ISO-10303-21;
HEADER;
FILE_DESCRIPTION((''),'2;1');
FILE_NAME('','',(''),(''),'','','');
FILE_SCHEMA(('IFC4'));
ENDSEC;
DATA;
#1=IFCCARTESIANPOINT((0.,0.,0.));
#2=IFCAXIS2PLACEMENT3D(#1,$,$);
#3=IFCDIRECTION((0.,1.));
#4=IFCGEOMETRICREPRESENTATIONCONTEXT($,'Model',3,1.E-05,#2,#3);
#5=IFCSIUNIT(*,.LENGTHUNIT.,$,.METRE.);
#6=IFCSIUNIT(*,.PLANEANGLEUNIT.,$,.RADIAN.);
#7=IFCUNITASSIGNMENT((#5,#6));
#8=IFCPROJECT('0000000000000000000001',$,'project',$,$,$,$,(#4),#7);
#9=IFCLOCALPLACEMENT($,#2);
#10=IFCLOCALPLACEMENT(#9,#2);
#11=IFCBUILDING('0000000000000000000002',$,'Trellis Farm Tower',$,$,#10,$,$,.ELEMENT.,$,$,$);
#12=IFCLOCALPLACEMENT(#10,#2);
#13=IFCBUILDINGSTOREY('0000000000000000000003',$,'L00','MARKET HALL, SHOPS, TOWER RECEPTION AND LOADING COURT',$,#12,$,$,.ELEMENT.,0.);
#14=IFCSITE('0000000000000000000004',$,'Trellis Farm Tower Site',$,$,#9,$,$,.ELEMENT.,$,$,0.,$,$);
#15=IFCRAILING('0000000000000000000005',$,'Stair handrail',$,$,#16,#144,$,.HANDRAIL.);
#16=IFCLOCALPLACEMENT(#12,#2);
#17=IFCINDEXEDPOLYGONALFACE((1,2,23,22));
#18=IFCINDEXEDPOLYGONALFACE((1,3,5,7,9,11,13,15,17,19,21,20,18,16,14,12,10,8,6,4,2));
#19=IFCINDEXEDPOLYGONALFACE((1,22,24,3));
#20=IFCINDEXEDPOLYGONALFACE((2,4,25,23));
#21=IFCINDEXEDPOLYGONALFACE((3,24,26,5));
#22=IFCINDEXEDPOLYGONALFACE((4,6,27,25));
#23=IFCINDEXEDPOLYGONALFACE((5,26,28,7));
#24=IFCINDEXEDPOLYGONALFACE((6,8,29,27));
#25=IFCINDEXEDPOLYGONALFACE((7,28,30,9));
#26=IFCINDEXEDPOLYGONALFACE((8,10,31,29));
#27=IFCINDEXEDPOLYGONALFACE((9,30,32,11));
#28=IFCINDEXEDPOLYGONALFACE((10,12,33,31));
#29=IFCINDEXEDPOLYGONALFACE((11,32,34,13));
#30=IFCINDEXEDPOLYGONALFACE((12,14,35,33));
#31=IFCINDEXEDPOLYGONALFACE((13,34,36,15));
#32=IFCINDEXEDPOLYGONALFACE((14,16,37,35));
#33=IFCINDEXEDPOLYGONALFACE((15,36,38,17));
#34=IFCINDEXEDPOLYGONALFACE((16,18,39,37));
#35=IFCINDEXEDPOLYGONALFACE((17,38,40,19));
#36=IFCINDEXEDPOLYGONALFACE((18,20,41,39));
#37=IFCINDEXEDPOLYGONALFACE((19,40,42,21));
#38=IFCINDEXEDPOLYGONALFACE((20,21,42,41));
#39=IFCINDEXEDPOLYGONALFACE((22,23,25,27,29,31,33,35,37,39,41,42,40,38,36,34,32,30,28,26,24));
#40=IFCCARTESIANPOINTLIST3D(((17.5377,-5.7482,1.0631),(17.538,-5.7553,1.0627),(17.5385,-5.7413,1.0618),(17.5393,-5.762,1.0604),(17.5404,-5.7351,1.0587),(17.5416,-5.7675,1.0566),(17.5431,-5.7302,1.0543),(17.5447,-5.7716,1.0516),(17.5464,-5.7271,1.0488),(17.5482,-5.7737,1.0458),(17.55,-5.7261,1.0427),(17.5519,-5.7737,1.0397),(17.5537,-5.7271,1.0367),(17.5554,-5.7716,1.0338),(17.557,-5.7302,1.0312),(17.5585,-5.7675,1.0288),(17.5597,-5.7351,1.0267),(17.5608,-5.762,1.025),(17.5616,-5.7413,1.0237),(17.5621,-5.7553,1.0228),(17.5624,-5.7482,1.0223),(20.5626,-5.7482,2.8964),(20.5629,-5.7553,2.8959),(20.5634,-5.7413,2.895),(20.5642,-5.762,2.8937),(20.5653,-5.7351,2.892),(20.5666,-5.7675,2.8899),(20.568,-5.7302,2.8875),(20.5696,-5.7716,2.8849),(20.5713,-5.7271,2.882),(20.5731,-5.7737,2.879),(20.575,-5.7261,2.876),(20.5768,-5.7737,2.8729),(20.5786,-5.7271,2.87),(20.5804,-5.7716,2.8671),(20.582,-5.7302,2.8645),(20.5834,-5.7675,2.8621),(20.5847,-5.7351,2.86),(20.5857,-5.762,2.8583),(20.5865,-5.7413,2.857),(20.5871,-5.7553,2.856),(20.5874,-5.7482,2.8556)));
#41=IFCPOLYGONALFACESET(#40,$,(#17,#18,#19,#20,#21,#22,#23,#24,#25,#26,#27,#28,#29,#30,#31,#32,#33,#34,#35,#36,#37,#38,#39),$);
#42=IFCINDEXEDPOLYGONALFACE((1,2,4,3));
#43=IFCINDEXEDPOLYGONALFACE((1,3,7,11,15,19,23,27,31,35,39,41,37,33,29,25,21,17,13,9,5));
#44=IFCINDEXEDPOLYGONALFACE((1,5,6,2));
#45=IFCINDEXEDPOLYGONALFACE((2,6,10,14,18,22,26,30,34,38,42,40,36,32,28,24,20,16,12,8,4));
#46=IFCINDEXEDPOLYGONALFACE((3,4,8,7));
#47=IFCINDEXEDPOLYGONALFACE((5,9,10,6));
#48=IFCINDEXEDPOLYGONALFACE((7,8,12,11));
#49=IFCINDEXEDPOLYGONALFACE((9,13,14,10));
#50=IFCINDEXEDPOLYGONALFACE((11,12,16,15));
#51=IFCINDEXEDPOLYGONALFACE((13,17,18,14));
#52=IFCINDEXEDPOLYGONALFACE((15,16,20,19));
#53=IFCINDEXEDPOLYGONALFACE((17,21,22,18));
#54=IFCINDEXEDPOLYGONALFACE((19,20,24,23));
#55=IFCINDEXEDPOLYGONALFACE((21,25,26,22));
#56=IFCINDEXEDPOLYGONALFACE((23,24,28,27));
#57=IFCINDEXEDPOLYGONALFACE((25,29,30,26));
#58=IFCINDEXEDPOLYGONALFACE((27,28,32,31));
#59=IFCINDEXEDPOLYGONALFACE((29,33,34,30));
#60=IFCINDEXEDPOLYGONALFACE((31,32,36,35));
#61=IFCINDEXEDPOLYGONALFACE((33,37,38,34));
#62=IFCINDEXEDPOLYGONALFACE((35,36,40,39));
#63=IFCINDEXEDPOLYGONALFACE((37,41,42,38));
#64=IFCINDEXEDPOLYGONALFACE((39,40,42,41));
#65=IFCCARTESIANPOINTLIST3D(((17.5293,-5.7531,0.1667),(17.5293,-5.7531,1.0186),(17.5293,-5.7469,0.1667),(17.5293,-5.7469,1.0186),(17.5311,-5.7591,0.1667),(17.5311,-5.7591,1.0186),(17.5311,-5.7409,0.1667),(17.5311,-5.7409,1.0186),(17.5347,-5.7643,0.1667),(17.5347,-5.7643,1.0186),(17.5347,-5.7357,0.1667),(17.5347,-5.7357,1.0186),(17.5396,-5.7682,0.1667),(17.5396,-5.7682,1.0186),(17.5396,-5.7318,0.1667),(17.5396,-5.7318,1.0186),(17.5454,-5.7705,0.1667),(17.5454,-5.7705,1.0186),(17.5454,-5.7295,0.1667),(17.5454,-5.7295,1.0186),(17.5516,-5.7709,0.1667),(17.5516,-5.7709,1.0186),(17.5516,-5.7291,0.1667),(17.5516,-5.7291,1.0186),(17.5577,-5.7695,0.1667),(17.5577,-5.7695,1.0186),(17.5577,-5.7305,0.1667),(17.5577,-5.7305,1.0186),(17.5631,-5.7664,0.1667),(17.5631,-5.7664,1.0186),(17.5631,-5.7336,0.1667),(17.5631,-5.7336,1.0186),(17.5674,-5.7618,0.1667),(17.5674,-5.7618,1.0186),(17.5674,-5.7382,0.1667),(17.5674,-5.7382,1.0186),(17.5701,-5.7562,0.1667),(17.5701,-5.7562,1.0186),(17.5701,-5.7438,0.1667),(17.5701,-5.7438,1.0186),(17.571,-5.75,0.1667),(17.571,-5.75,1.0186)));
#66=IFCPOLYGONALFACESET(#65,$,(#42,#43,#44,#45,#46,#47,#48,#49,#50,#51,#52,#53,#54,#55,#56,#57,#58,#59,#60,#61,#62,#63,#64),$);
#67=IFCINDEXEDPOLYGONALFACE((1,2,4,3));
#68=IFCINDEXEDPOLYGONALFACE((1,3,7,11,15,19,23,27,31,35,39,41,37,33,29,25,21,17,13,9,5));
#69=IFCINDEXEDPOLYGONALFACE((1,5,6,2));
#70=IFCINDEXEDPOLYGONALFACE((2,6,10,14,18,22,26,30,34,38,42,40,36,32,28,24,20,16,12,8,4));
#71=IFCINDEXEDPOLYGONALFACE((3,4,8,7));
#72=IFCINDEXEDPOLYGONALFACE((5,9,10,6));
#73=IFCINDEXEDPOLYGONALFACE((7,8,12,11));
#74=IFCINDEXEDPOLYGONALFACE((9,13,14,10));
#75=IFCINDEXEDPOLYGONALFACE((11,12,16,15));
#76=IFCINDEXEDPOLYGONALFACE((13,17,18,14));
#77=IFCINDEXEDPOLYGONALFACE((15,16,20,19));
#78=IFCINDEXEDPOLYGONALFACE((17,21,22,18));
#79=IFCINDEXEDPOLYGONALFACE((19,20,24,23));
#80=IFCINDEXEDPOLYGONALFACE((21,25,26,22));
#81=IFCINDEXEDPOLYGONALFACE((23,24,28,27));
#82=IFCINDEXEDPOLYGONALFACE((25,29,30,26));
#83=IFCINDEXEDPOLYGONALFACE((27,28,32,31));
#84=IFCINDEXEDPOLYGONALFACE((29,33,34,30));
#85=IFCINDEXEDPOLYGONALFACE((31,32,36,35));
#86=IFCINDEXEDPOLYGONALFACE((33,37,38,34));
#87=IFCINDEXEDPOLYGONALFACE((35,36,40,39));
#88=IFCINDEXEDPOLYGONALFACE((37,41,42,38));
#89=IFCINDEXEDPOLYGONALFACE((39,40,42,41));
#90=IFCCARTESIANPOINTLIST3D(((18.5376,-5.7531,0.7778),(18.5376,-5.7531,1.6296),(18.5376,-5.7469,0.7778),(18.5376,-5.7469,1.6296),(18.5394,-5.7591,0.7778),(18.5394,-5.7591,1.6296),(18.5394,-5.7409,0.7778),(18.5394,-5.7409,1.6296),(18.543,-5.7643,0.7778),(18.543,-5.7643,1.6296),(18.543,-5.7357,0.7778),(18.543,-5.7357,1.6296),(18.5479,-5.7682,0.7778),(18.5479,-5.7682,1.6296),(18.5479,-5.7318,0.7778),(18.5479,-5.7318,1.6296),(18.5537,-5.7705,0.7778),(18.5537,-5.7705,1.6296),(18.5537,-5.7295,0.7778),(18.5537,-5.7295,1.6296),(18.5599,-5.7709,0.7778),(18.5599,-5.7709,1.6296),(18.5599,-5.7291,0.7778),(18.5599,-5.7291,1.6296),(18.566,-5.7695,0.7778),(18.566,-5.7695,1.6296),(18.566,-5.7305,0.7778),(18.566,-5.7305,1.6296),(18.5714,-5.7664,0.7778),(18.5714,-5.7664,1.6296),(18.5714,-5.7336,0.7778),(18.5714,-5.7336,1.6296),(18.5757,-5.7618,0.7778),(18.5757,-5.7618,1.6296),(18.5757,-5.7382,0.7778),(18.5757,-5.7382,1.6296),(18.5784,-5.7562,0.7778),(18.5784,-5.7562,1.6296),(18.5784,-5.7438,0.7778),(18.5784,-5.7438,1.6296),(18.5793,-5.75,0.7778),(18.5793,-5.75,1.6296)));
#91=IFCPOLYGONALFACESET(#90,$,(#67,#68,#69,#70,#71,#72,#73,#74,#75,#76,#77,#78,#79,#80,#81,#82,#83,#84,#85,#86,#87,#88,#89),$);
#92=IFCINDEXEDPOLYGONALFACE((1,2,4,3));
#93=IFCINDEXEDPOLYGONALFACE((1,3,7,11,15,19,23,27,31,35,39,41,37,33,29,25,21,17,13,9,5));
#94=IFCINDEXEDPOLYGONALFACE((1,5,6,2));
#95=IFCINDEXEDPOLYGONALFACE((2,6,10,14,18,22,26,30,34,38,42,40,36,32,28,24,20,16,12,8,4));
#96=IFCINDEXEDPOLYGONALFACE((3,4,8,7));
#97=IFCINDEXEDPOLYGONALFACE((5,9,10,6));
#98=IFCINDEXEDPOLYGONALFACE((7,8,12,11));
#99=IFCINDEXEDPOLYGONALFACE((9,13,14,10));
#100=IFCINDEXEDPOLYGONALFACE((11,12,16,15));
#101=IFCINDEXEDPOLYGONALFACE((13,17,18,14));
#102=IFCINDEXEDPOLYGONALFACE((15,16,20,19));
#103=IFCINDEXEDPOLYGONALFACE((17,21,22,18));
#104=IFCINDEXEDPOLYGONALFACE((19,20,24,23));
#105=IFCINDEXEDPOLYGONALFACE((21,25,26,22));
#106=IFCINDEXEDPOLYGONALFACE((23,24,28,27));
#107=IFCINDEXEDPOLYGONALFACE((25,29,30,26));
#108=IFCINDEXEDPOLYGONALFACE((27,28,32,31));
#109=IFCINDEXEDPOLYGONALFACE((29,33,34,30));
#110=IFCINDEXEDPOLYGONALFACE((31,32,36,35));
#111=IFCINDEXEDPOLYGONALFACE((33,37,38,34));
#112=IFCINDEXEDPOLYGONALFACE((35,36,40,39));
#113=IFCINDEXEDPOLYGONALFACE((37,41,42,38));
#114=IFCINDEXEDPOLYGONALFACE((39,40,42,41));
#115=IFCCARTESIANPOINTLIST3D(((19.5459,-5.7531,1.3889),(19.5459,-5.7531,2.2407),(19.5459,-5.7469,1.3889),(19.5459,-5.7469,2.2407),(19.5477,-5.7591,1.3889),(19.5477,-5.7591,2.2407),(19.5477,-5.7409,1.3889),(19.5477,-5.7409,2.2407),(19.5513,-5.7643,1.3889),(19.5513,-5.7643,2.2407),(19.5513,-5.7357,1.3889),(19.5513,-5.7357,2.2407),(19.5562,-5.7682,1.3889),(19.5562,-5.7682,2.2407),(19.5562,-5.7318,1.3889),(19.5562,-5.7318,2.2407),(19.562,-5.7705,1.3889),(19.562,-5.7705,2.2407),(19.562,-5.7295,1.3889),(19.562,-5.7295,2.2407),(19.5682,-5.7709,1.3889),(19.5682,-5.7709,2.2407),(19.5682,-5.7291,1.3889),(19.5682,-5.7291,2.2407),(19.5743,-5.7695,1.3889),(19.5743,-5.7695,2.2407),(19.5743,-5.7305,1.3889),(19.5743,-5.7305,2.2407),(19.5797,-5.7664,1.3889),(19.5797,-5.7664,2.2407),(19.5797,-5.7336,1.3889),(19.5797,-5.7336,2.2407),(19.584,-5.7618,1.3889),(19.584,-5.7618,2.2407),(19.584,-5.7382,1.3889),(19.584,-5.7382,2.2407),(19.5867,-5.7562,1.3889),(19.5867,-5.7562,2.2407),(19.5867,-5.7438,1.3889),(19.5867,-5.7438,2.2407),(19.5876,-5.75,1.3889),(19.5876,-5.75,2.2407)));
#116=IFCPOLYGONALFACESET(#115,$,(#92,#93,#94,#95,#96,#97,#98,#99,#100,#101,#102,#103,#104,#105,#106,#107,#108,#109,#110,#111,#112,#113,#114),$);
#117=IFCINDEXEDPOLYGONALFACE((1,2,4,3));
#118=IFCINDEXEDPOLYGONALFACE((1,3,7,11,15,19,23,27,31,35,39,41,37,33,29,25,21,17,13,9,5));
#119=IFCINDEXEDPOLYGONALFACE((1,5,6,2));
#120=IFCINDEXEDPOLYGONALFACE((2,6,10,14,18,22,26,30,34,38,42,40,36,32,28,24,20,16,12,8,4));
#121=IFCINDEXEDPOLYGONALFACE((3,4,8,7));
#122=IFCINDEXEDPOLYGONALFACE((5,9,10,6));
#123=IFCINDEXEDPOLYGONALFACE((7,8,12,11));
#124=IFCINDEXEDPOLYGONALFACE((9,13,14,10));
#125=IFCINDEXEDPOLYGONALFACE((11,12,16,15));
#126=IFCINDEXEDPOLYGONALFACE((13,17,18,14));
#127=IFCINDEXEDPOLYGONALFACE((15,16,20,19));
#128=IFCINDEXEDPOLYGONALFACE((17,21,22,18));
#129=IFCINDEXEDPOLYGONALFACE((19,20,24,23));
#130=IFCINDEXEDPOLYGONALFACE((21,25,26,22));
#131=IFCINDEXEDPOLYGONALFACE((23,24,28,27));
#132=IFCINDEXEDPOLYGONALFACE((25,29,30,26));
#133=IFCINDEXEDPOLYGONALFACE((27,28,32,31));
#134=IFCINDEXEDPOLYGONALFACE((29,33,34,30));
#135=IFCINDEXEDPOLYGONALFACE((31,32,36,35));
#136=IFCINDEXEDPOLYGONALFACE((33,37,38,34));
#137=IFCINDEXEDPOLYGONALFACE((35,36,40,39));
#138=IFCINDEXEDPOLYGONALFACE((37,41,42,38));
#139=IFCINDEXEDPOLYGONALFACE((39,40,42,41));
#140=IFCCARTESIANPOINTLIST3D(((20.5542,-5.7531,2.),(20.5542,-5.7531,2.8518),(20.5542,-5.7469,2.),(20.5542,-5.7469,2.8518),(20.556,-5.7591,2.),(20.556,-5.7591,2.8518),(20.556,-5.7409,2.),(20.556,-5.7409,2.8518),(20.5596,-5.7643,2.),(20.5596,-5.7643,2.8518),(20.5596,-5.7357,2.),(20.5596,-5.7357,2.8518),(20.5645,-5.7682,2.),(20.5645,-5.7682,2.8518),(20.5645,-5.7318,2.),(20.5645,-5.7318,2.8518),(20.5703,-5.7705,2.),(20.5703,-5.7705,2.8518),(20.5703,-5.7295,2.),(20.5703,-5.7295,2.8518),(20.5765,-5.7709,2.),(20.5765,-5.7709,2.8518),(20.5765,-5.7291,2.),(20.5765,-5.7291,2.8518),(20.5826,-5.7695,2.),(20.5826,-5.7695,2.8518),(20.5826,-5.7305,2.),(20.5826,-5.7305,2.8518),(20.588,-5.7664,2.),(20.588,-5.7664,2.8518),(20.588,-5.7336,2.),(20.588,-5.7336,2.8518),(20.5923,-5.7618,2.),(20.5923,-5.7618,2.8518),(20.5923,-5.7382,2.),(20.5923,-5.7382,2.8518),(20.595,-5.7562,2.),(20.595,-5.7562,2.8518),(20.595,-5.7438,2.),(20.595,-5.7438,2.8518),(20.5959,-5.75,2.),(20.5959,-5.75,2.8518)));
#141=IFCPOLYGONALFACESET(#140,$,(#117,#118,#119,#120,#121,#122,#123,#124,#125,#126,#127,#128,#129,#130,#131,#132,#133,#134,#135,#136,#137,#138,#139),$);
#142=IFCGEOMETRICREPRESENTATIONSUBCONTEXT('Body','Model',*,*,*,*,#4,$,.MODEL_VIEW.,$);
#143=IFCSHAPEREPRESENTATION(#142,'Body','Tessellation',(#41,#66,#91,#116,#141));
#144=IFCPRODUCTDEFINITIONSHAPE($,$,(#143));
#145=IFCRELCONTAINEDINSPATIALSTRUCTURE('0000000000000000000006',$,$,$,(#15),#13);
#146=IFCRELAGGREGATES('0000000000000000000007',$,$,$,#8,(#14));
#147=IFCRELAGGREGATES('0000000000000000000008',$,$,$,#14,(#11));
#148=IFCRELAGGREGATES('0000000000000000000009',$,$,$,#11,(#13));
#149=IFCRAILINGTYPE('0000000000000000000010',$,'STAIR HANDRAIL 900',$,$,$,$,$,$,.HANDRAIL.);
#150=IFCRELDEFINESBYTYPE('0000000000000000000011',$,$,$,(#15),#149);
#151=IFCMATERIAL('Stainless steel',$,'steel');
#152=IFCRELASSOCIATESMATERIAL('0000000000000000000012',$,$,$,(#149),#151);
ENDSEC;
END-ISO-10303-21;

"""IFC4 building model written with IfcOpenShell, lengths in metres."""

from ifc_helpers import new_model, si_unit, direction, frame, origin, origin_2d, place, context, subcontext, project, spatial, circle, extrude, source, transform, mapped, material, type_object, element, save


model = new_model("IFC4")

# Units and contexts
model_context = context("Model", 3, precision=1e-05, world=origin(), true_north=direction((0.0, 1.0)))
body_context = subcontext(model_context, "Body", "Model", "MODEL_VIEW")
ifc_project = project(units=[si_unit("LENGTHUNIT", "METRE"), si_unit("PLANEANGLEUNIT", "RADIAN")], contexts=[model_context])

# Site, building, storey
site_placement = place(None, origin())
site = spatial("IfcSite", under=ifc_project, at=site_placement, Name="Trellis Farm Tower Site", CompositionType="ELEMENT", RefElevation=0.0)
building_placement = place(site_placement, origin())
building = spatial("IfcBuilding", under=site, at=building_placement, Name="Trellis Farm Tower", CompositionType="ELEMENT")
storey_placement = place(building_placement, origin())
storey = spatial("IfcBuildingStorey", under=building, at=storey_placement, Name="L00", Description="MARKET HALL, SHOPS, TOWER RECEPTION AND LOADING COURT", CompositionType="ELEMENT", Elevation=0.0)

# Shared definitions
ifc_material_1 = material(Name="Stainless steel", Category="steel")

# Railing
railing_type = type_object("IfcRailingType", Name="STAIR HANDRAIL 900", PredefinedType="HANDRAIL", material=ifc_material_1)
shared_shape_1 = source(origin(), body_context, "Body", "SweptSolid", [
    extrude(circle(Radius=0.0239, at=origin_2d()), frame((0.0, 0.0, 0.876), z_axis=(0.855201, 0.0, 0.518297), x_axis=(0.0, 1.0, 0.0)), (0.0, 0.0, 1.0), 3.5371),
    extrude(circle(Radius=0.021, at=origin_2d()), origin(), (0.0, 0.0, 1.0), 0.8518),
    extrude(circle(Radius=0.021, at=origin_2d()), frame((1.0083, 0.0, 0.6111)), (0.0, 0.0, 1.0), 0.8518),
    extrude(circle(Radius=0.021, at=origin_2d()), frame((2.0166, 0.0, 1.2222)), (0.0, 0.0, 1.0), 0.8518),
    extrude(circle(Radius=0.021, at=origin_2d()), frame((3.0249, 0.0, 1.8333)), (0.0, 0.0, 1.0), 0.8518),
])
for number, where, name in (
    (1, (17.55, -5.75, 0.1667), "Stair handrail"),
):
    element("IfcRailing", number, at=place(storey_placement, frame(where)), inside=storey, type_object=railing_type, Name=name, PredefinedType="HANDRAIL", context=body_context, shape_type="MappedRepresentation", body=[
        mapped(shared_shape_1, transform((0.0, 0.0, 0.0))),
    ])

save(model, "model.ifc")
